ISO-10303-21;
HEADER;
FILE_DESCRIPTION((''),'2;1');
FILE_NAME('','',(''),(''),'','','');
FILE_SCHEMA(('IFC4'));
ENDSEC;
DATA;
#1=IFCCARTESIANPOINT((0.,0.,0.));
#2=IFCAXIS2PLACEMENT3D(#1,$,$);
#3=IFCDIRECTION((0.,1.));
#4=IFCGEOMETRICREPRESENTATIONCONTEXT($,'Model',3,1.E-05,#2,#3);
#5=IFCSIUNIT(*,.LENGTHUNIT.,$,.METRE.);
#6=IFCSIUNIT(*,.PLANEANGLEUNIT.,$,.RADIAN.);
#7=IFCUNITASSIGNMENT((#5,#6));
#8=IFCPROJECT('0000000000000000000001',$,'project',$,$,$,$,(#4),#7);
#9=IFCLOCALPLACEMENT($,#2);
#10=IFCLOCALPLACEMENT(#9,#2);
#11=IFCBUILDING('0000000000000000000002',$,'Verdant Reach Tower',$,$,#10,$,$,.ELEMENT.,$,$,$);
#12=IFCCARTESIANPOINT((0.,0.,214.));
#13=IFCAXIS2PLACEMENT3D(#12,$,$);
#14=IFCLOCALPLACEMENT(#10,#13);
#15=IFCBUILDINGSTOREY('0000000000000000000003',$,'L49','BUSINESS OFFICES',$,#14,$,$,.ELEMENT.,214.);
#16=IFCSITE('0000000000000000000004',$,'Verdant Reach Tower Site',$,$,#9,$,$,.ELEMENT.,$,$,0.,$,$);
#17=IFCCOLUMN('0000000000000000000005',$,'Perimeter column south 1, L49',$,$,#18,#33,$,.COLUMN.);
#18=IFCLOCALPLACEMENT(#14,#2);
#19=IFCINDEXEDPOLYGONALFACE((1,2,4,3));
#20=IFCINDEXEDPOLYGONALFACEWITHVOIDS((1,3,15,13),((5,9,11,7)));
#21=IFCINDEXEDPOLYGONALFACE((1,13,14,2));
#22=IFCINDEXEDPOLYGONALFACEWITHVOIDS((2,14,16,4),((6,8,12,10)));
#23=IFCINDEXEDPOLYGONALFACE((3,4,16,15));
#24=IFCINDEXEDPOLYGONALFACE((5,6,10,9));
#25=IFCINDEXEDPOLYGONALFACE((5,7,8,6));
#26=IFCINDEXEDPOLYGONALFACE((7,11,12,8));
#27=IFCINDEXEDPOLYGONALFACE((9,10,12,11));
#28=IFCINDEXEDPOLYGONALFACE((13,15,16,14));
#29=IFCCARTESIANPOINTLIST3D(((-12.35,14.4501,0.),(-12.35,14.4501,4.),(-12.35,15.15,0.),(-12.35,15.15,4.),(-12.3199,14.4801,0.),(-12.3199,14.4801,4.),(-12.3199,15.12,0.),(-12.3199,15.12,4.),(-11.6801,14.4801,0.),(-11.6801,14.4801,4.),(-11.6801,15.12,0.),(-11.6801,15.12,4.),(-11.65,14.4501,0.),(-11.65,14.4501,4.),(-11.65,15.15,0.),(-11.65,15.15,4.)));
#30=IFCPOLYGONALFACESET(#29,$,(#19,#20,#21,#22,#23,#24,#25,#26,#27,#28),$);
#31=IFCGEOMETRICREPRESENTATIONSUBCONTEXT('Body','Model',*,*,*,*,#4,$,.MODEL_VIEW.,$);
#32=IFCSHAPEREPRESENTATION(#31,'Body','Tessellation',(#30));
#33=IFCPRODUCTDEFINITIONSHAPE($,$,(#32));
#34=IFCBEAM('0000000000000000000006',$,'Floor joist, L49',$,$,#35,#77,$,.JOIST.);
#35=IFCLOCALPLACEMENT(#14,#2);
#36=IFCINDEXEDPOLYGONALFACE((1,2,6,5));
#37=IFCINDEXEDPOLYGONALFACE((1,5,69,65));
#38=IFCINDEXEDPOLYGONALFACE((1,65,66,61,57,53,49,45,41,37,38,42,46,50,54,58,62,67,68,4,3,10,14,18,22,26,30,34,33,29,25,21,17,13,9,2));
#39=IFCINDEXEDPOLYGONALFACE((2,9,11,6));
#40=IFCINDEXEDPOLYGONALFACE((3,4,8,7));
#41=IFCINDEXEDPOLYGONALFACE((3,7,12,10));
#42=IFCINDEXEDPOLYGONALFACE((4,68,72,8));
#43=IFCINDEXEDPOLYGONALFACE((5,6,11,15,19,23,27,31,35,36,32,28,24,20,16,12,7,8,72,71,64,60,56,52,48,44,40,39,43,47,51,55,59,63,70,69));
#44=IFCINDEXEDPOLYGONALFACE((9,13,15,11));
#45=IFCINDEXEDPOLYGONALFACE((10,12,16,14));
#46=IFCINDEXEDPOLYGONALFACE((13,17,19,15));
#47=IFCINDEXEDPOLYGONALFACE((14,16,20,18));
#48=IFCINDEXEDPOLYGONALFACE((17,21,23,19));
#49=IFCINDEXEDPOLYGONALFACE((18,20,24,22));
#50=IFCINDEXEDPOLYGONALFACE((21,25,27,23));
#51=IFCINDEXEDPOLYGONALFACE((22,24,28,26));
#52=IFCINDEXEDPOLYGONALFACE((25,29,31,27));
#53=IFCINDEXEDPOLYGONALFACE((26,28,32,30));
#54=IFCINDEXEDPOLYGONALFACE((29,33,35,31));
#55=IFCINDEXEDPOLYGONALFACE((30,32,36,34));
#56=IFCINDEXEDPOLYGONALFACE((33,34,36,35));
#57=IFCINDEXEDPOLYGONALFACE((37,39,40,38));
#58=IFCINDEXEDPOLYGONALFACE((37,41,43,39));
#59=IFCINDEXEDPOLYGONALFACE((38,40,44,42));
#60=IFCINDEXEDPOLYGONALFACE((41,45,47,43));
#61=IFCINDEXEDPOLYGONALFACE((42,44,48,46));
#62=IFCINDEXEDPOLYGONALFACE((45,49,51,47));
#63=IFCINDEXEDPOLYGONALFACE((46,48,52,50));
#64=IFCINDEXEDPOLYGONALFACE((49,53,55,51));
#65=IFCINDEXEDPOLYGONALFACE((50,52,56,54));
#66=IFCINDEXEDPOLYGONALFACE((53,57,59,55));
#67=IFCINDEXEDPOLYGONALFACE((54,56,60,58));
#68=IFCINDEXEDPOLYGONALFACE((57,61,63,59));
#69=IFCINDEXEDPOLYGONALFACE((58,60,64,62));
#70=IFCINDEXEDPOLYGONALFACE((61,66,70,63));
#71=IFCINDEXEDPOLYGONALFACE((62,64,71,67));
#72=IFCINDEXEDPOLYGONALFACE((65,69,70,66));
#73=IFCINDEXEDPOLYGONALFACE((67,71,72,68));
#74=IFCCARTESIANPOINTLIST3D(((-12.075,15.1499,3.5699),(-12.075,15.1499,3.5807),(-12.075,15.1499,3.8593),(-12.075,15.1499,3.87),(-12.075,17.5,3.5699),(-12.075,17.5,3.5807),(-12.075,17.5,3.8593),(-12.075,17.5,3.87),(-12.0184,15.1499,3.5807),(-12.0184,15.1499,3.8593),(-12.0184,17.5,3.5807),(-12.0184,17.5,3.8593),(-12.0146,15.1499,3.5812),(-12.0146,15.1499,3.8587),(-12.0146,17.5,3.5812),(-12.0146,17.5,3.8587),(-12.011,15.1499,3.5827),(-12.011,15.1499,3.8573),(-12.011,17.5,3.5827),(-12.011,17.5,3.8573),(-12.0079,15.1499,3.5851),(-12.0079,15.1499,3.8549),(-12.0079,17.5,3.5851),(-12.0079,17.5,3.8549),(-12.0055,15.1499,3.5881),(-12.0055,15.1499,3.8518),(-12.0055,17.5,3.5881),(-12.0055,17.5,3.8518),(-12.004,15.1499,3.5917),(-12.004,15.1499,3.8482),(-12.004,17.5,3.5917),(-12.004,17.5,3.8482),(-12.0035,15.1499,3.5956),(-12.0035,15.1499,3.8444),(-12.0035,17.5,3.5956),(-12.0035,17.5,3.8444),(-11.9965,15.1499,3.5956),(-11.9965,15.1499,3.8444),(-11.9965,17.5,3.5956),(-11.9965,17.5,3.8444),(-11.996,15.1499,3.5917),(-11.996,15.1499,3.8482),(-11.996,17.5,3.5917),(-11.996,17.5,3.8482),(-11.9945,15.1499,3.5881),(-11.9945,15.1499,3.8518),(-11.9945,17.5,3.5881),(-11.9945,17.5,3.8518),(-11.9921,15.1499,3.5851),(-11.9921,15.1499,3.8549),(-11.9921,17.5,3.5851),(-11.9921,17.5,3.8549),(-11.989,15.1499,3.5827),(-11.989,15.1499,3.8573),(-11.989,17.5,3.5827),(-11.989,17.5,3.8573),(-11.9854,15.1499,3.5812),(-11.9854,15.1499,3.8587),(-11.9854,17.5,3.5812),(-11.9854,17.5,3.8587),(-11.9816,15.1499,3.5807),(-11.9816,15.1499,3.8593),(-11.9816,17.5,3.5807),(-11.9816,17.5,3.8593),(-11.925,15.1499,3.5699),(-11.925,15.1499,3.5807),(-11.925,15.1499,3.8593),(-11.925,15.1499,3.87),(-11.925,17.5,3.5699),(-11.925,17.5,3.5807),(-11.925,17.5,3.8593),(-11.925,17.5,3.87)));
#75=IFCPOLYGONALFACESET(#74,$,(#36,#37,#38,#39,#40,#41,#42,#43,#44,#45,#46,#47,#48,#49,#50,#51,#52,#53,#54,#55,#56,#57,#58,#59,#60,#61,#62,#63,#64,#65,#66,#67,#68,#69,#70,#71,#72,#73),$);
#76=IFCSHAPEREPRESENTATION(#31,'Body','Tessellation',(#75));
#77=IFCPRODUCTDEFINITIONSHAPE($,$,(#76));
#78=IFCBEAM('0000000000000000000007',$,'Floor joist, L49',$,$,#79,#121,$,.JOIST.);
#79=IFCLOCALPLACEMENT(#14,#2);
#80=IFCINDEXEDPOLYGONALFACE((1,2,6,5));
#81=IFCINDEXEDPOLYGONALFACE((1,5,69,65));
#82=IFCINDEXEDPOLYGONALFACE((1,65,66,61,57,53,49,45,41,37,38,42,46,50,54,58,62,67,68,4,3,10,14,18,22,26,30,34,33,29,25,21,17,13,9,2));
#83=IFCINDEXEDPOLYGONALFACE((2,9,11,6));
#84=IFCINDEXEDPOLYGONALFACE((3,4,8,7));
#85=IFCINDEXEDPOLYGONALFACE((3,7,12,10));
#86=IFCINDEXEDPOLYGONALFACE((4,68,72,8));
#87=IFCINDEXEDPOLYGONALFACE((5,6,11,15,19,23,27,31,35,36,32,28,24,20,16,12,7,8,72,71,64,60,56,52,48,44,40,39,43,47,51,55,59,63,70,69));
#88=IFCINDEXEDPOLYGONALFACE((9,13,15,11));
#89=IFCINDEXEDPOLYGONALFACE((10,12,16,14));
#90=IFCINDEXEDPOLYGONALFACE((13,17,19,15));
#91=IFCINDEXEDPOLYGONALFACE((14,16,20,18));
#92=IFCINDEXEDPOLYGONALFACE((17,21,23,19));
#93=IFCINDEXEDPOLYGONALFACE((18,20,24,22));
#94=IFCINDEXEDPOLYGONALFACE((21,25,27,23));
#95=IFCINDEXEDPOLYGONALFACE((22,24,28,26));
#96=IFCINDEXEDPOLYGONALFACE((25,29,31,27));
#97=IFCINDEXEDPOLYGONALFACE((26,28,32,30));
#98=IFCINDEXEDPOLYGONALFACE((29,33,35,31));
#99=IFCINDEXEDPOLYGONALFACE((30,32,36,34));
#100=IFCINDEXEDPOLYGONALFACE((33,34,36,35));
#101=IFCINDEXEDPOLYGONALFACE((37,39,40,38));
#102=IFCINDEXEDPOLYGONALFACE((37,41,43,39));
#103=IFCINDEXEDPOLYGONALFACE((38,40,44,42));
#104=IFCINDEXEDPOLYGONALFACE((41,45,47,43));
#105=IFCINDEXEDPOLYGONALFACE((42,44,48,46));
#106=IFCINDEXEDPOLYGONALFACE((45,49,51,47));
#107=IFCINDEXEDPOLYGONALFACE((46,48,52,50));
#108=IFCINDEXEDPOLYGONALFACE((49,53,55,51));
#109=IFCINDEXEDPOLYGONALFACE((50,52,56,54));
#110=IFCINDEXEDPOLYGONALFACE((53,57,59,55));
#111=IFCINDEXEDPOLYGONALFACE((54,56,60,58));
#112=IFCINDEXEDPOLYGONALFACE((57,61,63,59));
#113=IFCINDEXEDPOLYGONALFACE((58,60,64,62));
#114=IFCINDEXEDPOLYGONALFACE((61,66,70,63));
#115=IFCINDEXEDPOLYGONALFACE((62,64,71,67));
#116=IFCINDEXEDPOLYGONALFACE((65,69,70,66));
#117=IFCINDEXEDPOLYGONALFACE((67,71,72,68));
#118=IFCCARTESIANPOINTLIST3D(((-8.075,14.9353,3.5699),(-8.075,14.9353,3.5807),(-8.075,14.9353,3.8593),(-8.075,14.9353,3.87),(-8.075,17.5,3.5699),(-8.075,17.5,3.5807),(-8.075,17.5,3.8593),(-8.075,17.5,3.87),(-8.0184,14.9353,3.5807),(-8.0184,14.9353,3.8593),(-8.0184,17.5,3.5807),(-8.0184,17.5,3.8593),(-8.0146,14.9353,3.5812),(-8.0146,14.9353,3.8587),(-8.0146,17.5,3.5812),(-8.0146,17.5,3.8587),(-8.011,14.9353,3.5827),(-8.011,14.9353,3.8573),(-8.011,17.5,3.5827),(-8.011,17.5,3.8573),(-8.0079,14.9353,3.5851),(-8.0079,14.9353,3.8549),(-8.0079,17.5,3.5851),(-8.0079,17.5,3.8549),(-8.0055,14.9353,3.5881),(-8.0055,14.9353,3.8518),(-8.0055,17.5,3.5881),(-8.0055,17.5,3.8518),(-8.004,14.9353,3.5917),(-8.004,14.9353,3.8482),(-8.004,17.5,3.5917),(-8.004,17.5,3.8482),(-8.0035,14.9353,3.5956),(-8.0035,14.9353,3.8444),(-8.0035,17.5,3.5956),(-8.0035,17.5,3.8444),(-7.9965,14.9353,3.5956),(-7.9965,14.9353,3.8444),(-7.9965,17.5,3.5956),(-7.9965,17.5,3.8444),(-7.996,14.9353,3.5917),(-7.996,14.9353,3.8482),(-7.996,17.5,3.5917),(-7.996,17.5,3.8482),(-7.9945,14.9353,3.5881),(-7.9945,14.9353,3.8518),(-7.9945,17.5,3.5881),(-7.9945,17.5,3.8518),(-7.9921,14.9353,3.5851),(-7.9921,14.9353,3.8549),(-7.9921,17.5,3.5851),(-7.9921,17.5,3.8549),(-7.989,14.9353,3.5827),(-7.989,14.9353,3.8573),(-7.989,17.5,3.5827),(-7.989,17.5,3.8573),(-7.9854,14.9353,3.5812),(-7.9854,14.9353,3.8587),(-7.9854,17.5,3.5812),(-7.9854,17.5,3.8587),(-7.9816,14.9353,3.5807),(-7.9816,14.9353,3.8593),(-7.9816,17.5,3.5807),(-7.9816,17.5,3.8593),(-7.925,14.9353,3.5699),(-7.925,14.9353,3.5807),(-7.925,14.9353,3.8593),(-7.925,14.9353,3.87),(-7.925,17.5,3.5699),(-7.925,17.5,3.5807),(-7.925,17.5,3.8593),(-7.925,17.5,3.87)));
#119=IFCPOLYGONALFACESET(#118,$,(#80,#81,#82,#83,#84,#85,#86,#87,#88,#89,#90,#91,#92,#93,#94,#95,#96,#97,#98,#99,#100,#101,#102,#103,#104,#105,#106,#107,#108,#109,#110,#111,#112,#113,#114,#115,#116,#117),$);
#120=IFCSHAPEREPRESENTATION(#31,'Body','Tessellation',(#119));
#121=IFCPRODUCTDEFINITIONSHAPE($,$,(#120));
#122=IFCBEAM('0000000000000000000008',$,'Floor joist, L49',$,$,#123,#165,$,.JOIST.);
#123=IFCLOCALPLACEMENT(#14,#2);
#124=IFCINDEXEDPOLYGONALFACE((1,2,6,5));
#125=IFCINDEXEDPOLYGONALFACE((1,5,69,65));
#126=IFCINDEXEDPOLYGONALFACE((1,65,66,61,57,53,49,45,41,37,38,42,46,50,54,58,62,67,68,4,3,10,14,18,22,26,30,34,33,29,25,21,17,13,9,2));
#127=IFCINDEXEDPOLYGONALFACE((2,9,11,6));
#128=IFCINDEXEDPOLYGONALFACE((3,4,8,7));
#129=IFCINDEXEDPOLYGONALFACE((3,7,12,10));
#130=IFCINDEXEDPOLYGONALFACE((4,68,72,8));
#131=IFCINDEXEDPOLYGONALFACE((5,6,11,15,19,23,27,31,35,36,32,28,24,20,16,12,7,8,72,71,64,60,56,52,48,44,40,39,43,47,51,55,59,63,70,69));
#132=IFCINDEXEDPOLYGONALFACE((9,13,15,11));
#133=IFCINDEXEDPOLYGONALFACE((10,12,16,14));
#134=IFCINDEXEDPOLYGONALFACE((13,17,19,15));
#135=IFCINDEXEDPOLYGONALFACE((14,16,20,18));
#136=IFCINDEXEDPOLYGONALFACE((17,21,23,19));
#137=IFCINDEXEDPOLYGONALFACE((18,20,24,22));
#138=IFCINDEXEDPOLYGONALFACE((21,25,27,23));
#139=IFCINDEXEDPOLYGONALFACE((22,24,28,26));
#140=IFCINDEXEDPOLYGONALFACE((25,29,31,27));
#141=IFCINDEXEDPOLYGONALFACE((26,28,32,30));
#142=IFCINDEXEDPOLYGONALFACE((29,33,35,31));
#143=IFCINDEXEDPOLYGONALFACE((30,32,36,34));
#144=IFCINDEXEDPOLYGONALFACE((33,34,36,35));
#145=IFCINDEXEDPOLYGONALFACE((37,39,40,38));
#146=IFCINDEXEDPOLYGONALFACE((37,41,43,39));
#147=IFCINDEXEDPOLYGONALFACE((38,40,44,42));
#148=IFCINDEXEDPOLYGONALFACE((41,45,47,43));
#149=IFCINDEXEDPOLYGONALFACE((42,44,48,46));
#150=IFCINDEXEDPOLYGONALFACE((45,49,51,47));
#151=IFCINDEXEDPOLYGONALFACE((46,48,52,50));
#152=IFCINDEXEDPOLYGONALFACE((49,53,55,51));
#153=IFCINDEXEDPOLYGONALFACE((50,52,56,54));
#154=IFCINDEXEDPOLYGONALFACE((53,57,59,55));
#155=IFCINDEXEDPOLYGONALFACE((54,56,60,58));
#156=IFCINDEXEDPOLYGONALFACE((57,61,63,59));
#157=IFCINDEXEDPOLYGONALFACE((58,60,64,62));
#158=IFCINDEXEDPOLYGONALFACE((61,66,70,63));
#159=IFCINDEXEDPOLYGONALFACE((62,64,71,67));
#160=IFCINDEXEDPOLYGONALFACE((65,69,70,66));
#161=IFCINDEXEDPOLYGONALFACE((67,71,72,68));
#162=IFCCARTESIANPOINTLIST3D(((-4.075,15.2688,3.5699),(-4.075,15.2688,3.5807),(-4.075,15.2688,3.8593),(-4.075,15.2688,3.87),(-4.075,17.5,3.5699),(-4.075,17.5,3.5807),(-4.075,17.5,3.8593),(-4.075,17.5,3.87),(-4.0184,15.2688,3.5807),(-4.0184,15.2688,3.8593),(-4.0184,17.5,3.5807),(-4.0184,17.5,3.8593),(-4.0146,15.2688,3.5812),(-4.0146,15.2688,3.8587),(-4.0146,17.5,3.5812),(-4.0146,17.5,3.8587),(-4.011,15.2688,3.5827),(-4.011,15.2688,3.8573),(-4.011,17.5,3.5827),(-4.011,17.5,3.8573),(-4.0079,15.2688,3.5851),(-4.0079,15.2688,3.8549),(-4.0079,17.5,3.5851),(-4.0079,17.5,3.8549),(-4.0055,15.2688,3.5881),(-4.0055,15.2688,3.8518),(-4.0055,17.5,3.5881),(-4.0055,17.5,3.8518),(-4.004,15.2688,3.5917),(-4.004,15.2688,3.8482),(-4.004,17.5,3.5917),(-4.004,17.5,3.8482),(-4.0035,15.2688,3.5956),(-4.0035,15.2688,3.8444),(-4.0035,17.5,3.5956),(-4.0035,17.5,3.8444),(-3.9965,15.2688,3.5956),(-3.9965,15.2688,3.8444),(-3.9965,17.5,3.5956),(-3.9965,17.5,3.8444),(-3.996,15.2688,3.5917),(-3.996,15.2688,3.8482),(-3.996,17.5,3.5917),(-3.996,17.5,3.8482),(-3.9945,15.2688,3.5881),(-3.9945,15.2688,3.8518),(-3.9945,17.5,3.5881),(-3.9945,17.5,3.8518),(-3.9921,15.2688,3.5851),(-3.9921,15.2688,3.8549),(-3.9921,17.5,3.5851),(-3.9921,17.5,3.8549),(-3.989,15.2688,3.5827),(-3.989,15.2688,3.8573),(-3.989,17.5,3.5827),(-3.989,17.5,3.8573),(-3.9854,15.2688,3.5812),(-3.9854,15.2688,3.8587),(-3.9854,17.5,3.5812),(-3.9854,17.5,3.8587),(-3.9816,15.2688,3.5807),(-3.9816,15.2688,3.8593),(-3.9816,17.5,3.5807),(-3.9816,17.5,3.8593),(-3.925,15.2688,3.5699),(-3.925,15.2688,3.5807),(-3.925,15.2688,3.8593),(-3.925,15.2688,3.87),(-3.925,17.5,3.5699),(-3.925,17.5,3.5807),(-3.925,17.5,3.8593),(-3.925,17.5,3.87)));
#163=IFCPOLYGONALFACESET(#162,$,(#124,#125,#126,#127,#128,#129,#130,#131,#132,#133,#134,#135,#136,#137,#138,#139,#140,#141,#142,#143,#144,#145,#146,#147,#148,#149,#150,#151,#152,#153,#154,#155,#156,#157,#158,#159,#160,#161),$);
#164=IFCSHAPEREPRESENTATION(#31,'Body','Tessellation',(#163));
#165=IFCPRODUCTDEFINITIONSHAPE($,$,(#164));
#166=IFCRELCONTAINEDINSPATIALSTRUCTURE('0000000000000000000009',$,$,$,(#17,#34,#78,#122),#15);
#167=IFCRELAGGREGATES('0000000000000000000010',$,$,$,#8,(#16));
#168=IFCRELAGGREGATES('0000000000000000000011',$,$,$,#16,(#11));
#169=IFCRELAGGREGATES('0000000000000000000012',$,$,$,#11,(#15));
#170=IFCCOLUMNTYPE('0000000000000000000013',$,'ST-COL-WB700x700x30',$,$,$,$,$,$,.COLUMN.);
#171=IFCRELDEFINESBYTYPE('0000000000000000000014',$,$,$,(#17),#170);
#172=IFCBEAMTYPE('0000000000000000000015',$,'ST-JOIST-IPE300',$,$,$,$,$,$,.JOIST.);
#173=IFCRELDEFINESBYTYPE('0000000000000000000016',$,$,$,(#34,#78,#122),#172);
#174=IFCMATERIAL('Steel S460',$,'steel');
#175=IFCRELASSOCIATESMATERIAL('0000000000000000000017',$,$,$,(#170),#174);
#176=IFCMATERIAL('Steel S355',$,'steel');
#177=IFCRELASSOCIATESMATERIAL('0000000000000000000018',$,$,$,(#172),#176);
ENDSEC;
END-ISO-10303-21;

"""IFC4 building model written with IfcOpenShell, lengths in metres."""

from ifc_helpers import new_model, si_unit, direction, frame, origin, origin_2d, place, context, subcontext, project, spatial, hollow_rectangle, i_section, extrude, material, material_profile, profile_set, type_object, element, save


model = new_model("IFC4")

# Units and contexts
model_context = context("Model", 3, precision=1e-05, world=origin(), true_north=direction((0.0, 1.0)))
body_context = subcontext(model_context, "Body", "Model", "MODEL_VIEW")
ifc_project = project(units=[si_unit("LENGTHUNIT", "METRE"), si_unit("PLANEANGLEUNIT", "RADIAN")], contexts=[model_context])

# Site, building, storey
site_placement = place(None, origin())
site = spatial("IfcSite", under=ifc_project, at=site_placement, Name="Verdant Reach Tower Site", CompositionType="ELEMENT", RefElevation=0.0)
building_placement = place(site_placement, origin())
building = spatial("IfcBuilding", under=site, at=building_placement, Name="Verdant Reach Tower", CompositionType="ELEMENT")
storey_placement = place(building_placement, frame((0.0, 0.0, 214.0)))
storey = spatial("IfcBuildingStorey", under=building, at=storey_placement, Name="L49", Description="BUSINESS OFFICES", CompositionType="ELEMENT", Elevation=214.0)

# Column
ifc_material_1 = material(Name="Steel S460", Category="steel")
ifc_material_profile_1 = material_profile(ifc_material_1, hollow_rectangle(XDim=0.7, YDim=0.7, WallThickness=0.03, at=origin_2d()), Name="WB 700x700x30")
ifc_profile_set_1 = profile_set([ifc_material_profile_1], Name="Steel S460")
column_type = type_object("IfcColumnType", Name="ST-COL-WB700x700x30", PredefinedType="COLUMN", material=ifc_profile_set_1)
column_placement = place(storey_placement, frame((-12.0, 14.8, 0.0), z_axis=(0.0, 0.0, 1.0), x_axis=(1.0, 0.0, 0.0)))
element("IfcColumn", 1, at=column_placement, inside=storey, type_object=column_type, Name="Perimeter column south 1, L49", PredefinedType="COLUMN", context=body_context, shape_type="SweptSolid", body=[
    extrude(hollow_rectangle(XDim=0.7, YDim=0.7, WallThickness=0.03, at=origin_2d()), origin(), (0.0, 0.0, 1.0), 4.0),
])

# Beams
ifc_material_2 = material(Name="Steel S355", Category="steel")
ifc_material_profile_2 = material_profile(ifc_material_2, i_section(OverallWidth=0.1499, OverallDepth=0.3, WebThickness=0.0071, FlangeThickness=0.0107, FilletRadius=0.0149, at=origin_2d()), Name="IPE 300")
ifc_profile_set_2 = profile_set([ifc_material_profile_2], Name="Steel S355")
beam_type_1 = type_object("IfcBeamType", Name="ST-JOIST-IPE300", PredefinedType="JOIST", material=ifc_profile_set_2)
beam_1_placement = place(storey_placement, frame((-12.0, 17.5, 3.72), z_axis=(0.0, -1.0, 0.0), x_axis=(1.0, 0.0, 0.0)))
element("IfcBeam", 2, at=beam_1_placement, inside=storey, type_object=beam_type_1, Name="Floor joist, L49", PredefinedType="JOIST", context=body_context, shape_type="SweptSolid", body=[
    extrude(i_section(OverallWidth=0.1499, OverallDepth=0.3, WebThickness=0.0071, FlangeThickness=0.0107, FilletRadius=0.0149, at=origin_2d()), origin(), (0.0, 0.0, 1.0), 2.3501),
])
beam_2_placement = place(storey_placement, frame((-8.0, 17.5, 3.72), z_axis=(0.0, -1.0, 0.0), x_axis=(1.0, 0.0, 0.0)))
element("IfcBeam", 3, at=beam_2_placement, inside=storey, type_object=beam_type_1, Name="Floor joist, L49", PredefinedType="JOIST", context=body_context, shape_type="SweptSolid", body=[
    extrude(i_section(OverallWidth=0.1499, OverallDepth=0.3, WebThickness=0.0071, FlangeThickness=0.0107, FilletRadius=0.0149, at=origin_2d()), origin(), (0.0, 0.0, 1.0), 2.5647),
])
beam_3_placement = place(storey_placement, frame((-4.0, 17.5, 3.72), z_axis=(0.0, -1.0, 0.0), x_axis=(1.0, 0.0, 0.0)))
element("IfcBeam", 4, at=beam_3_placement, inside=storey, type_object=beam_type_1, Name="Floor joist, L49", PredefinedType="JOIST", context=body_context, shape_type="SweptSolid", body=[
    extrude(i_section(OverallWidth=0.1499, OverallDepth=0.3, WebThickness=0.0071, FlangeThickness=0.0107, FilletRadius=0.0149, at=origin_2d()), origin(), (0.0, 0.0, 1.0), 2.2312),
])

save(model, "model.ifc")
